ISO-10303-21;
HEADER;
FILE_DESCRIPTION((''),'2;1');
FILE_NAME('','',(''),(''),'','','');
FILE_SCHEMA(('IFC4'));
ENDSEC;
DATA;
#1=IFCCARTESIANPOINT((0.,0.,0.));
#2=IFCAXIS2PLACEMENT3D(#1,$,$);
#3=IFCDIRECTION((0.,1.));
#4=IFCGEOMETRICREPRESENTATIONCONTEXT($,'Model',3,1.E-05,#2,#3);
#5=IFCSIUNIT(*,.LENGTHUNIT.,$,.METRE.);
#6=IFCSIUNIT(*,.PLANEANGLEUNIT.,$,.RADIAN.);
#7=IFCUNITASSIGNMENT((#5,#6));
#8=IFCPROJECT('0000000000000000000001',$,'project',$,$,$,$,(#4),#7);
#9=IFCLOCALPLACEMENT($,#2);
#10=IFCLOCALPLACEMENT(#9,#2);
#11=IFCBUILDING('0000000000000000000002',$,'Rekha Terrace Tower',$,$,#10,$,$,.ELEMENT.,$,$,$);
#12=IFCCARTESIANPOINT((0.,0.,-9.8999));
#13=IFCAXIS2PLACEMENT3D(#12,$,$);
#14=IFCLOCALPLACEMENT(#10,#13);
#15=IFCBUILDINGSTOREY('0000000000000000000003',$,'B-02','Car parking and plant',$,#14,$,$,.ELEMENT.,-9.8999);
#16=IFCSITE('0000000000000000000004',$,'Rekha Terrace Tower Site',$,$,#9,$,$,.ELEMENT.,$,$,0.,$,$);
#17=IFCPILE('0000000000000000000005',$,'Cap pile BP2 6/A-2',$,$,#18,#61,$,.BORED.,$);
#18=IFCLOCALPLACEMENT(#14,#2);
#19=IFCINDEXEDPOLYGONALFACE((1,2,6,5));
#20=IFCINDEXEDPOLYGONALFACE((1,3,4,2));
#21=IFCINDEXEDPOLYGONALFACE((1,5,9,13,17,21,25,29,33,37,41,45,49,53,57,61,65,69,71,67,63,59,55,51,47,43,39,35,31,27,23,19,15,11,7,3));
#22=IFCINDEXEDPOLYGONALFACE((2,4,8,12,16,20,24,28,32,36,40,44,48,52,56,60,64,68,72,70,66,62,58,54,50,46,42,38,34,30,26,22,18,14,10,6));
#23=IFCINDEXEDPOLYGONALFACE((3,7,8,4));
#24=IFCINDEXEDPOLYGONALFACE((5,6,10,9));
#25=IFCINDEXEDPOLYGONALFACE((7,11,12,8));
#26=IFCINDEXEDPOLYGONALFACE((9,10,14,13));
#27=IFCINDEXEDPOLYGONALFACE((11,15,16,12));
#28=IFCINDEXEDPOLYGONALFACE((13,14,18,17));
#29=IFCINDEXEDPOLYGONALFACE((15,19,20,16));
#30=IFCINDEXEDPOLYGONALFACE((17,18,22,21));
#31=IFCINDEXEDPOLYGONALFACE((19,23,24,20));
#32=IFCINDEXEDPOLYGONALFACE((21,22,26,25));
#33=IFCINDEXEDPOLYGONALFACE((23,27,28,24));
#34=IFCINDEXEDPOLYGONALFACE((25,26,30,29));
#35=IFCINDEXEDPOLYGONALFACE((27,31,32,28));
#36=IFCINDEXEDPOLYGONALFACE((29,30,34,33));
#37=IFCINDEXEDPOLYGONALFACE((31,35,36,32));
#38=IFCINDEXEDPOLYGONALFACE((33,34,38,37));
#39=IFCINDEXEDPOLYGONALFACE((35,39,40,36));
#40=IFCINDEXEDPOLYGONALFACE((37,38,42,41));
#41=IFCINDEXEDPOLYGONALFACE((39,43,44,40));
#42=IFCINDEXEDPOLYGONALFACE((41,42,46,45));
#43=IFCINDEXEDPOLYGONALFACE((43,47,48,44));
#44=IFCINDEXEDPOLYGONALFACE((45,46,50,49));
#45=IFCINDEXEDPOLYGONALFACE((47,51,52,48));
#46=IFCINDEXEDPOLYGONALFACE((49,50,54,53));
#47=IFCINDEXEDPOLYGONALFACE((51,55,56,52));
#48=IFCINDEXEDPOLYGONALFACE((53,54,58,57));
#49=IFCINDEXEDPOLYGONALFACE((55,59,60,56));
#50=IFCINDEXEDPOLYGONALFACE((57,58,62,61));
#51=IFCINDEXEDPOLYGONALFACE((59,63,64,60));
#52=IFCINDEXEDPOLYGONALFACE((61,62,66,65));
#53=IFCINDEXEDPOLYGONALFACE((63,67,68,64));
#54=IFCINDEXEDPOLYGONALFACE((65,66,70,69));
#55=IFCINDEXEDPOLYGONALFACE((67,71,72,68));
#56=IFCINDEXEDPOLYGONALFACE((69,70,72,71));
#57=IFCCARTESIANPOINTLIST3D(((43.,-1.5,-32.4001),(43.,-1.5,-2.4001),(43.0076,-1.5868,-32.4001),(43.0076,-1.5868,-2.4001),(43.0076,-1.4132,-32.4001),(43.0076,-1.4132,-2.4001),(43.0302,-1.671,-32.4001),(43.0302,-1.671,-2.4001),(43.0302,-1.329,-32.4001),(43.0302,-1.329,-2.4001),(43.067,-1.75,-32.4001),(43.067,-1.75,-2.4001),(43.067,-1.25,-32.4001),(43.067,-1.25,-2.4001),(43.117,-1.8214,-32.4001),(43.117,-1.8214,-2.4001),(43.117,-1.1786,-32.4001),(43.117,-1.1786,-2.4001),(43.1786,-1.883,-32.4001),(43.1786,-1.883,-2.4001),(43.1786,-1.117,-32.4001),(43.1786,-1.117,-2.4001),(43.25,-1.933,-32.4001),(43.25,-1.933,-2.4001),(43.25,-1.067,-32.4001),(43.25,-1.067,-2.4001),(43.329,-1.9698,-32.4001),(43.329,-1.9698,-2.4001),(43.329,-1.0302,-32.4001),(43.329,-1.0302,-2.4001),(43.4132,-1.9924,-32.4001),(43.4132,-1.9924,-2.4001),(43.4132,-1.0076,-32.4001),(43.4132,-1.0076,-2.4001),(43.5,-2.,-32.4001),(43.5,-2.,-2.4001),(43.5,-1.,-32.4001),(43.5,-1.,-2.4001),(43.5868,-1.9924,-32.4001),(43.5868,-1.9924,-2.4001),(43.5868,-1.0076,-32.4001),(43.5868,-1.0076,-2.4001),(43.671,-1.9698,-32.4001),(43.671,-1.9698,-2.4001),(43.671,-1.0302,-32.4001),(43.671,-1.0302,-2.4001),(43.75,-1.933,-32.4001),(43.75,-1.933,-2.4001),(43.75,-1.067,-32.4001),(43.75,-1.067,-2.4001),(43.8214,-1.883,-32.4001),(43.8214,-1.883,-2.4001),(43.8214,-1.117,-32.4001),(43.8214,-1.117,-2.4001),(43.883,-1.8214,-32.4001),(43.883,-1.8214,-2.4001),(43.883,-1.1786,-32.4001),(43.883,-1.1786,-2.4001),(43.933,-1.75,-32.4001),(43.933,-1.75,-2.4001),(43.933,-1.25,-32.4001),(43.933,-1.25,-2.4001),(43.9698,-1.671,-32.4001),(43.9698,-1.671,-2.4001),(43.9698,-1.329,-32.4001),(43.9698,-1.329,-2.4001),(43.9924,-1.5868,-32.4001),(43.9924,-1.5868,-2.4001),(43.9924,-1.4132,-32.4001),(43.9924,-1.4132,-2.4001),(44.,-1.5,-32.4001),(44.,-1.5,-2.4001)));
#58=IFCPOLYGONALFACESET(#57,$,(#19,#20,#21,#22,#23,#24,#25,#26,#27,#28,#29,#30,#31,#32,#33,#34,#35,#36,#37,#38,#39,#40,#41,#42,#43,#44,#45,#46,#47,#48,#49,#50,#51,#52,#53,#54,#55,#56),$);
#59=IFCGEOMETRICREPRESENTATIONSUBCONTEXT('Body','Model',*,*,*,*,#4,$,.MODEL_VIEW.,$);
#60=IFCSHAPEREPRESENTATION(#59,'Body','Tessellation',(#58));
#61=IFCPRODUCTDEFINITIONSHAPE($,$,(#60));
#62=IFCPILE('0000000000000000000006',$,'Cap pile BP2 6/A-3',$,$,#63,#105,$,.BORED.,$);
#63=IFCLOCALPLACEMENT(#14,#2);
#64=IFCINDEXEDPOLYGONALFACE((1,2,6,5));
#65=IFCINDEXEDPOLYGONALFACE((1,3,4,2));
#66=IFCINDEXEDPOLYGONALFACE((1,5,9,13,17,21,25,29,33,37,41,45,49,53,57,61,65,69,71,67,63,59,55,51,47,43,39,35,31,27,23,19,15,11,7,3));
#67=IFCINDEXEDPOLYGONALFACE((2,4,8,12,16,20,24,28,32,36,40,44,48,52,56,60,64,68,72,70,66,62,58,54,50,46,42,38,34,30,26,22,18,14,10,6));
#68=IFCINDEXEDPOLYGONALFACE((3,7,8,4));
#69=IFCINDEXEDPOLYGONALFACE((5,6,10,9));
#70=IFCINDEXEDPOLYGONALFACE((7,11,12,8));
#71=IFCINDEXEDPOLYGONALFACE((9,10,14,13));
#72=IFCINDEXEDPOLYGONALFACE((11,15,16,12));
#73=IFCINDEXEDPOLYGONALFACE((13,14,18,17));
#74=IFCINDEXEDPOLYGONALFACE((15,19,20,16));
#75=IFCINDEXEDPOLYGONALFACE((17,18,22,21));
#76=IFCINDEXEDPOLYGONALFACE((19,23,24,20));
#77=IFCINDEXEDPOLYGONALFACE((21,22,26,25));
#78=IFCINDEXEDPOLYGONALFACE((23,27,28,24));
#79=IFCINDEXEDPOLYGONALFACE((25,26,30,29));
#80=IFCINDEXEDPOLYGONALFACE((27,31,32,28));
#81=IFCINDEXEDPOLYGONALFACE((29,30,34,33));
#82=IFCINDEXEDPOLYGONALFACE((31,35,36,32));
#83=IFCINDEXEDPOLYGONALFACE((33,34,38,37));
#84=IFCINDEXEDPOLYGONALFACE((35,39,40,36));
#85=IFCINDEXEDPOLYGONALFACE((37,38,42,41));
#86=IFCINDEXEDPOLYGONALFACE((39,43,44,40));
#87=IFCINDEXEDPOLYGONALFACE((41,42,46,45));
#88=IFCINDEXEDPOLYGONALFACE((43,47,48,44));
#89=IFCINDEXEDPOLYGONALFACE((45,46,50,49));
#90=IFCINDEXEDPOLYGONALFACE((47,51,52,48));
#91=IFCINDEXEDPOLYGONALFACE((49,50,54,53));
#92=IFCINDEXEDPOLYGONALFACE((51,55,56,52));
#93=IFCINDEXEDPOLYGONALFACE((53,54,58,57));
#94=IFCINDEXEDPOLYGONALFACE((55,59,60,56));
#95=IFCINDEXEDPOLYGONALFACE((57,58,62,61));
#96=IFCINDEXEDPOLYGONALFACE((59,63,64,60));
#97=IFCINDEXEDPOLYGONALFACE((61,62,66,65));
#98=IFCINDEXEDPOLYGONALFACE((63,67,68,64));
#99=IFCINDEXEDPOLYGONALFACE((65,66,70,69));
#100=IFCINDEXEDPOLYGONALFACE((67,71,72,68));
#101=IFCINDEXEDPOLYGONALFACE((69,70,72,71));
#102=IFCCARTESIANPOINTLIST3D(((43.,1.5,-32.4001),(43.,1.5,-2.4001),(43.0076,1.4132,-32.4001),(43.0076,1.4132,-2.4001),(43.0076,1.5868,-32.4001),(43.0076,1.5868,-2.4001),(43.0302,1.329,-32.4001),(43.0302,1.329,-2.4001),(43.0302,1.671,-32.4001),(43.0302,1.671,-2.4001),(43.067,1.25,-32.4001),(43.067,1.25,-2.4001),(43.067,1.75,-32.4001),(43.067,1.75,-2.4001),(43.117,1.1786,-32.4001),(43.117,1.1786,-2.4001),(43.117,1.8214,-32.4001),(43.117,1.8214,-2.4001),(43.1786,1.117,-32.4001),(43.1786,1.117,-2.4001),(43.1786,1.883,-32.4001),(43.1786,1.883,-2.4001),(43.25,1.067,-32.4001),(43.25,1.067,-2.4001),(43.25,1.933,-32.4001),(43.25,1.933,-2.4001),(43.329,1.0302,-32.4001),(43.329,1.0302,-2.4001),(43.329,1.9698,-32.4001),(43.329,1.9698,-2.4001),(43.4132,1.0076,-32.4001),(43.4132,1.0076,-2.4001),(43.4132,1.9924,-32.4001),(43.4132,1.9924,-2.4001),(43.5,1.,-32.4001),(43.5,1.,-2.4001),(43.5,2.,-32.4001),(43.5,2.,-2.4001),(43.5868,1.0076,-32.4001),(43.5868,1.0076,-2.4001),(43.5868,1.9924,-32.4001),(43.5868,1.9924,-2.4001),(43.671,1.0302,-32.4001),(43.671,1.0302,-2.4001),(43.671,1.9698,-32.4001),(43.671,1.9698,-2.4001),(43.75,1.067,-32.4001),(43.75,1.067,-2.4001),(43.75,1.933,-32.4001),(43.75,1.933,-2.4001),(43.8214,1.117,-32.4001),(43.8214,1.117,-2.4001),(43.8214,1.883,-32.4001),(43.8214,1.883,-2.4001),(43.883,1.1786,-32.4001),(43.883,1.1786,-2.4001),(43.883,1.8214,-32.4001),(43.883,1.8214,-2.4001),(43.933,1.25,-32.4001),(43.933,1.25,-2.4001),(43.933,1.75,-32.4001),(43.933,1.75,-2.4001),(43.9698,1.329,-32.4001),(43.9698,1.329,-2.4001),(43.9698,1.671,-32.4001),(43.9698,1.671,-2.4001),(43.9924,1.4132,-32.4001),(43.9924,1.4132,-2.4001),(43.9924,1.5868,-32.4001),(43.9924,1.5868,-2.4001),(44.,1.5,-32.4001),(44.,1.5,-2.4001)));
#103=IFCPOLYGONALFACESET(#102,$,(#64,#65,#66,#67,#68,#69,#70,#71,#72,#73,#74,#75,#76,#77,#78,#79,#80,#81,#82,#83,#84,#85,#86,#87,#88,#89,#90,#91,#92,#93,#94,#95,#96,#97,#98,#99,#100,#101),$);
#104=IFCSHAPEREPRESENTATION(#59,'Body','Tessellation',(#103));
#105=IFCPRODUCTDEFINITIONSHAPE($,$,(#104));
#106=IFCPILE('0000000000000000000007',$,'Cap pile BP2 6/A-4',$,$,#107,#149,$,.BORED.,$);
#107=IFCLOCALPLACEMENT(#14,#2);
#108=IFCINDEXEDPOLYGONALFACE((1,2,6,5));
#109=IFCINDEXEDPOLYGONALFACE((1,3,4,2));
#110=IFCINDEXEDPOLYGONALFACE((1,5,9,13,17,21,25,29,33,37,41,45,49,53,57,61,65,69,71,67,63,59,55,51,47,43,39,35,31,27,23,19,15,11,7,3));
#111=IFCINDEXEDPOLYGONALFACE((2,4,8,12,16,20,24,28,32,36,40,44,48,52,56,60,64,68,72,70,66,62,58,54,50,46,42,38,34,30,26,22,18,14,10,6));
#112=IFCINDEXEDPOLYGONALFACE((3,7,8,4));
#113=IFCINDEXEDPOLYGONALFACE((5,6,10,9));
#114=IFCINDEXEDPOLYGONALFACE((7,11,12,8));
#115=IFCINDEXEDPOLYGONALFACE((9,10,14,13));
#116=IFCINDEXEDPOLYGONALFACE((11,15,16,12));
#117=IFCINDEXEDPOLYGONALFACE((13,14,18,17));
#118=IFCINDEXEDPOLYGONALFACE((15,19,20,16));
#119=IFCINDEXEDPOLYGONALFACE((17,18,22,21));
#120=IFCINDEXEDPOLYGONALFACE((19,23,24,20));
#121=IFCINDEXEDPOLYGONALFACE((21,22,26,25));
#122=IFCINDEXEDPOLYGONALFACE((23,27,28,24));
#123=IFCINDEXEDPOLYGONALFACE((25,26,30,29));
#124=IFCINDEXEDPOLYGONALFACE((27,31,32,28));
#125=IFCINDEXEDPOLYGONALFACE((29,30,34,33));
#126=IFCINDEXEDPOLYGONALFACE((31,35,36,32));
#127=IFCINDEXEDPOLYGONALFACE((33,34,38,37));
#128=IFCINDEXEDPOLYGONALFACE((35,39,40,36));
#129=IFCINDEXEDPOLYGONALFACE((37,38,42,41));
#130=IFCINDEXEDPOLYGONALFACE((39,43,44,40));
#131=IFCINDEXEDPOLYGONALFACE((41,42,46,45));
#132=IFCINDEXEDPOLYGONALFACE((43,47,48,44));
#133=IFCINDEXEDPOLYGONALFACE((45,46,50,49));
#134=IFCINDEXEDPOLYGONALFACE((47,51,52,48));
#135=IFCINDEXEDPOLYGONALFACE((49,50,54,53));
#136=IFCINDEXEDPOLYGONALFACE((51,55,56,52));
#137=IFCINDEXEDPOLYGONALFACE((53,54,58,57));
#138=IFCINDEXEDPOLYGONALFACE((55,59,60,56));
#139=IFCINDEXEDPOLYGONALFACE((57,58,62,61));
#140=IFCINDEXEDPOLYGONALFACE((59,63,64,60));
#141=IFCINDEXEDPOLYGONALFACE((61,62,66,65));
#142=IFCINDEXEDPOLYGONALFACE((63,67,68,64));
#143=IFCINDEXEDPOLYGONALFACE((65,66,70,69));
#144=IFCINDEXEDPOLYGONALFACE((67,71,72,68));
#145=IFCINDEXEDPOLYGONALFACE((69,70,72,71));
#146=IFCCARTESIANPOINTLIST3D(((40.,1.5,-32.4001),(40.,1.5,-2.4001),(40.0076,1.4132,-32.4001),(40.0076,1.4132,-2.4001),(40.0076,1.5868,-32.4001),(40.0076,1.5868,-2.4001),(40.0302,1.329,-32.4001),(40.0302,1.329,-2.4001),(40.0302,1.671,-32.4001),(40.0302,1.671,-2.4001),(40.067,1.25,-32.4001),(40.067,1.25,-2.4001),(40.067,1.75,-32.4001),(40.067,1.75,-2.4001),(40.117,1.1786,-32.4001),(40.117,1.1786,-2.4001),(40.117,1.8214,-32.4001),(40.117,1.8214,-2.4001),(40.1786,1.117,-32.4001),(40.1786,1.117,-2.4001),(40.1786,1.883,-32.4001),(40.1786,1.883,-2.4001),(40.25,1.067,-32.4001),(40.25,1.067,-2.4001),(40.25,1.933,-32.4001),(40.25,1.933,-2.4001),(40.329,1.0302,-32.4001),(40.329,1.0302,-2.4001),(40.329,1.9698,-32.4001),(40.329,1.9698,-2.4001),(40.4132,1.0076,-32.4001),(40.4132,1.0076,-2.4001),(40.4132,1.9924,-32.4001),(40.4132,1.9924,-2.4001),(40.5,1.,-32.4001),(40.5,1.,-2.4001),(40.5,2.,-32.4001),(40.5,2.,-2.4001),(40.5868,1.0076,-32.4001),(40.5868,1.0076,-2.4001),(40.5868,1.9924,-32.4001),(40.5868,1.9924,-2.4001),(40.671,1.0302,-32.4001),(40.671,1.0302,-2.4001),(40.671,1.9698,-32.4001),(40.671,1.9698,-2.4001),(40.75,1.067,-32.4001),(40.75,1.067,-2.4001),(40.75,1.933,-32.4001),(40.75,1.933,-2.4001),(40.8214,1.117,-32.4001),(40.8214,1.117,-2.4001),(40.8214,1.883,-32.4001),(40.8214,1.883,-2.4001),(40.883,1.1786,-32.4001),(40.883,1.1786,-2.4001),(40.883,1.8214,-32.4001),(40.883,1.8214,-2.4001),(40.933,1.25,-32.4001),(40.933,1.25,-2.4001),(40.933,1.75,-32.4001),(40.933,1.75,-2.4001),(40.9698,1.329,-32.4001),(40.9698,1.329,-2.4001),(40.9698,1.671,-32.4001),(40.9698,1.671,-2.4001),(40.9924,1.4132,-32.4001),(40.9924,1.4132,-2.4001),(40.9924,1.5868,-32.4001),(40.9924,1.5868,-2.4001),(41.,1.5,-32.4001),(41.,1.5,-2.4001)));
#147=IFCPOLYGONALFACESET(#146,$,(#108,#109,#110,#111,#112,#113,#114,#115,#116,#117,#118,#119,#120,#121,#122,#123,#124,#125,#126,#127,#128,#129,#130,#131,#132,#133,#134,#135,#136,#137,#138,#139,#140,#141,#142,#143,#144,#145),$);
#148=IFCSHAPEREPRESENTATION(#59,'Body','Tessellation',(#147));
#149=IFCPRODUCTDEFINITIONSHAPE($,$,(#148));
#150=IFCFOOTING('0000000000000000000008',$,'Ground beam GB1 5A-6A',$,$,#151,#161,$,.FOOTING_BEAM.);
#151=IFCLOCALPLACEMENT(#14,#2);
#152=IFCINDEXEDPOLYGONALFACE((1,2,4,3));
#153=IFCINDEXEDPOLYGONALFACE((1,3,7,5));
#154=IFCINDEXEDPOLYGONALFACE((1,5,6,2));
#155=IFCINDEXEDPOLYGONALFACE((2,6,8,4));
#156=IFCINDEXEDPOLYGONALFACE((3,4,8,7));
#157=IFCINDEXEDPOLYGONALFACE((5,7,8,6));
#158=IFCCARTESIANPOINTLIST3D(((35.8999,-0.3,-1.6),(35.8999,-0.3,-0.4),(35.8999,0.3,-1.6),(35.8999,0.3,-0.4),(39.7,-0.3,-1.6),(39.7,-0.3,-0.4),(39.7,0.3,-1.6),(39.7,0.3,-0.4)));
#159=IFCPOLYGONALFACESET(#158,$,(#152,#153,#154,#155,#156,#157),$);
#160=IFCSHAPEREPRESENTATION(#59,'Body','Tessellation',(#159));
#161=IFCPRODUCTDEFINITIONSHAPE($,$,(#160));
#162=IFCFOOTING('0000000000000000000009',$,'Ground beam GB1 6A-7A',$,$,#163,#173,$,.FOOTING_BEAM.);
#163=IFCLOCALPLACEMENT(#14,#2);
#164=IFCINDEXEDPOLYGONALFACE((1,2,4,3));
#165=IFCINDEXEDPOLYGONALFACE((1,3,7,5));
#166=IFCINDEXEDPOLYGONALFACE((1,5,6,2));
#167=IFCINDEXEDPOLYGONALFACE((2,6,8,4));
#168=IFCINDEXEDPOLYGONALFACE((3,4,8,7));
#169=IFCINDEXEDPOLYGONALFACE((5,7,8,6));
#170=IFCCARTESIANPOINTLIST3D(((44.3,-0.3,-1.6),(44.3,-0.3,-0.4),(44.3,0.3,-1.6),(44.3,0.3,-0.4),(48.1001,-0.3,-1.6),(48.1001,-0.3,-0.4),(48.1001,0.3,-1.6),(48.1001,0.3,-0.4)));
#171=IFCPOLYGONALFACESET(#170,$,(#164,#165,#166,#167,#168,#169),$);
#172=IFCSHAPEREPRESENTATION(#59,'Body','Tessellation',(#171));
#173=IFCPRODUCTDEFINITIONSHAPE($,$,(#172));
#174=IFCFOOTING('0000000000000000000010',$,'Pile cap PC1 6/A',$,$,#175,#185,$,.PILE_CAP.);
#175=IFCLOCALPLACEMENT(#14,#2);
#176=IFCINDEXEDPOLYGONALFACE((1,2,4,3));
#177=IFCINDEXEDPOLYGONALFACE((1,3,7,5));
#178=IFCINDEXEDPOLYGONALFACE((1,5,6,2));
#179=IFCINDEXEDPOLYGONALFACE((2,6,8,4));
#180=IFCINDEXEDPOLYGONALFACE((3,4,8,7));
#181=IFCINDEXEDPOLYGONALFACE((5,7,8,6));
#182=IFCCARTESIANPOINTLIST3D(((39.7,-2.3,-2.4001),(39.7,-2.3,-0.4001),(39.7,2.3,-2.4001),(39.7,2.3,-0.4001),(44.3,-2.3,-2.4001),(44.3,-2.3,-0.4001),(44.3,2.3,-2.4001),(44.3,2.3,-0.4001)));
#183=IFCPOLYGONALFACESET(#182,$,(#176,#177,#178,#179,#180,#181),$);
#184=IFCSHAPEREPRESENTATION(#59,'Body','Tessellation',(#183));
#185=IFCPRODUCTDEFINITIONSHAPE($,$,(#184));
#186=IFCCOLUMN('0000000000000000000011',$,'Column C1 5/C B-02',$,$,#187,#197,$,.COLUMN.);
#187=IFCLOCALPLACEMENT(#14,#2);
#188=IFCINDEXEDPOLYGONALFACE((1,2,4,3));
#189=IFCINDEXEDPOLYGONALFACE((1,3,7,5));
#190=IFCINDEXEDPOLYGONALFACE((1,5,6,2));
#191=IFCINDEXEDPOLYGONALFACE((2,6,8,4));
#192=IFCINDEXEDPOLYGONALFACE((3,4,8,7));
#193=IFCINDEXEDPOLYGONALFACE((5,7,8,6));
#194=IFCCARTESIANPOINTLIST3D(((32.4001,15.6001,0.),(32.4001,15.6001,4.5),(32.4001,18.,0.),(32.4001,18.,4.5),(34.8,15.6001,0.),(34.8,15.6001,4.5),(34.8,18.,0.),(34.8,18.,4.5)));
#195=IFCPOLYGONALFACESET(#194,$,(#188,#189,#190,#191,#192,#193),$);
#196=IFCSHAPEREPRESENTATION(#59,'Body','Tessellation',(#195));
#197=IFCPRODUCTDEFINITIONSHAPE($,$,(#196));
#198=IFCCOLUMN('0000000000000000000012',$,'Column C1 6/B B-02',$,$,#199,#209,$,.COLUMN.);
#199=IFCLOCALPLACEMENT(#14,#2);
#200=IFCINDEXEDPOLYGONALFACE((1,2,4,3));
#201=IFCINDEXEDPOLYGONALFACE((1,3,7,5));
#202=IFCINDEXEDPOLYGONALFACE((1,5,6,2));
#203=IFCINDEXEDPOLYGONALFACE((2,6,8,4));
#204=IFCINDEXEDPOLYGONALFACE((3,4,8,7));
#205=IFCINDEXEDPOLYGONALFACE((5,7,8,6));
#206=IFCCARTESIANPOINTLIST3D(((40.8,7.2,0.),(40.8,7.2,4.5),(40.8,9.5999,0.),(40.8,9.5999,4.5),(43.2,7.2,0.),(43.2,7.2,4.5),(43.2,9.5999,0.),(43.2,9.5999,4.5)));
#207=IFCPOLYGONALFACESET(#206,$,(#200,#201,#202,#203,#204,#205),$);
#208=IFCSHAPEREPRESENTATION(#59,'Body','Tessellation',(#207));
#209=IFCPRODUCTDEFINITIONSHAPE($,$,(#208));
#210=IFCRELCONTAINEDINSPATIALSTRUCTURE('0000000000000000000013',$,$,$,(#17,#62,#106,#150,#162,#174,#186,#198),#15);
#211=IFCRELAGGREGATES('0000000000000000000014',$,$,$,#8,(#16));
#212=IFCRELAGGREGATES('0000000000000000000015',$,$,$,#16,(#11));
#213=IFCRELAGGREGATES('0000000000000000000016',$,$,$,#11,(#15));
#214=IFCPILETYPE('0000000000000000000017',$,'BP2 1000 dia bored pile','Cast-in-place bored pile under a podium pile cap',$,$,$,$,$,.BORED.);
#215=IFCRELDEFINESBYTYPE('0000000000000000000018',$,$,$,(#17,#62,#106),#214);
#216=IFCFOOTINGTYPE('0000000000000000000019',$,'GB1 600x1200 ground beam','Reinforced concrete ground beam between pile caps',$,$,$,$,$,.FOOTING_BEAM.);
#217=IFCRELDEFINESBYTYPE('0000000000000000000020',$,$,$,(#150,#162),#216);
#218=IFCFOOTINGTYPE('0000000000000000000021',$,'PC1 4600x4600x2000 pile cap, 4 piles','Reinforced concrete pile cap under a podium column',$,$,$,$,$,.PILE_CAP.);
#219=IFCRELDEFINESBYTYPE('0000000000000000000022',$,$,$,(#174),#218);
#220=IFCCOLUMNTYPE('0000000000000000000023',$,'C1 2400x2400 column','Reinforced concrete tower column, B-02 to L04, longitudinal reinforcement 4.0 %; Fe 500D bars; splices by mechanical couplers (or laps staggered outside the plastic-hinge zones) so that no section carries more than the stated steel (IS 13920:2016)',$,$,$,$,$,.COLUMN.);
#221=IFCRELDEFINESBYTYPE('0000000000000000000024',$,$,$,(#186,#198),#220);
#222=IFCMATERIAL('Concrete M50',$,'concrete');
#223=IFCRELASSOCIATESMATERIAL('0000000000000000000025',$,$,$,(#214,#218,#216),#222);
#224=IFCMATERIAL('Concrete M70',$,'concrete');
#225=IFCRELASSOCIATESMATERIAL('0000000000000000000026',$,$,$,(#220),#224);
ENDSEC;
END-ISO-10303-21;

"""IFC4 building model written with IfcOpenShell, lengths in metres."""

from ifc_helpers import new_model, si_unit, direction, frame, origin, origin_2d, place, context, subcontext, project, spatial, rectangle, circle, extrude, material, material_profile, profile_set, type_object, element, save


model = new_model("IFC4")

# Units and contexts
model_context = context("Model", 3, precision=1e-05, world=origin(), true_north=direction((0.0, 1.0)))
body_context = subcontext(model_context, "Body", "Model", "MODEL_VIEW")
ifc_project = project(units=[si_unit("LENGTHUNIT", "METRE"), si_unit("PLANEANGLEUNIT", "RADIAN")], contexts=[model_context])

# Site, building, storey
site_placement = place(None, origin())
site = spatial("IfcSite", under=ifc_project, at=site_placement, Name="Rekha Terrace Tower Site", CompositionType="ELEMENT", RefElevation=0.0)
building_placement = place(site_placement, origin())
building = spatial("IfcBuilding", under=site, at=building_placement, Name="Rekha Terrace Tower", CompositionType="ELEMENT")
storey_placement = place(building_placement, frame((0.0, 0.0, -9.8999)))
storey = spatial("IfcBuildingStorey", under=building, at=storey_placement, Name="B-02", Description="Car parking and plant", CompositionType="ELEMENT", Elevation=-9.8999)

# Piles
ifc_material_1 = material(Name="Concrete M50", Category="concrete")
pile_type_1 = type_object("IfcPileType", Name="BP2 1000 dia bored pile", Description="Cast-in-place bored pile under a podium pile cap", PredefinedType="BORED", material=ifc_material_1)
for number, where, z_axis, x_axis, name in (
    (1, (43.5, -1.5, -2.4001), (0.0, 0.0, -1.0), (1.0, 0.0, 0.0), "Cap pile BP2 6/A-2"),
    (2, (43.5, 1.5, -2.4001), (0.0, 0.0, -1.0), (1.0, 0.0, 0.0), "Cap pile BP2 6/A-3"),
    (3, (40.5, 1.5, -2.4001), (0.0, 0.0, -1.0), (1.0, 0.0, 0.0), "Cap pile BP2 6/A-4"),
):
    element("IfcPile", number, at=place(storey_placement, frame(where, z_axis=z_axis, x_axis=x_axis)), inside=storey, type_object=pile_type_1, Name=name, PredefinedType="BORED", context=body_context, shape_type="SweptSolid", body=[
        extrude(circle(Radius=0.5, at=origin_2d()), origin(), (0.0, 0.0, 1.0), 30.0),
    ])

# Footings
ifc_material_profile_1 = material_profile(ifc_material_1, rectangle(XDim=0.6001, YDim=1.2, at=origin_2d()), Name="RC 600x1200")
ifc_profile_set_1 = profile_set([ifc_material_profile_1], Name="Concrete M50")
footing_type_1 = type_object("IfcFootingType", Name="GB1 600x1200 ground beam", Description="Reinforced concrete ground beam between pile caps", PredefinedType="FOOTING_BEAM", material=ifc_profile_set_1)
for number, where, z_axis, x_axis, name in (
    (4, (35.8999, 0.0, -1.0), (1.0, 0.0, 0.0), (0.0, 1.0, 0.0), "Ground beam GB1 5A-6A"),
    (5, (44.3, 0.0, -1.0), (1.0, 0.0, 0.0), (0.0, 1.0, 0.0), "Ground beam GB1 6A-7A"),
):
    element("IfcFooting", number, at=place(storey_placement, frame(where, z_axis=z_axis, x_axis=x_axis)), inside=storey, type_object=footing_type_1, Name=name, PredefinedType="FOOTING_BEAM", context=body_context, shape_type="SweptSolid", body=[
        extrude(rectangle(XDim=0.6001, YDim=1.2, at=origin_2d()), origin(), (0.0, 0.0, 1.0), 3.8),
    ])
footing_type_2 = type_object("IfcFootingType", Name="PC1 4600x4600x2000 pile cap, 4 piles", Description="Reinforced concrete pile cap under a podium column", PredefinedType="PILE_CAP", material=ifc_material_1)
footing_placement = place(storey_placement, frame((42.0, 0.0, -2.4001), z_axis=(0.0, 0.0, 1.0), x_axis=(1.0, 0.0, 0.0)))
element("IfcFooting", 6, at=footing_placement, inside=storey, type_object=footing_type_2, Name="Pile cap PC1 6/A", PredefinedType="PILE_CAP", context=body_context, shape_type="SweptSolid", body=[
    extrude(rectangle(XDim=4.6001, YDim=4.6001, at=origin_2d()), origin(), (0.0, 0.0, 1.0), 2.0),
])

# Columns
ifc_material_2 = material(Name="Concrete M70", Category="concrete")
ifc_material_profile_2 = material_profile(ifc_material_2, rectangle(XDim=2.3999, YDim=2.3999, at=origin_2d()), Name="RC 2400x2400")
ifc_profile_set_2 = profile_set([ifc_material_profile_2], Name="Concrete M70")
column_type_1 = type_object("IfcColumnType", Name="C1 2400x2400 column", Description="Reinforced concrete tower column, B-02 to L04, longitudinal reinforcement 4.0 %; Fe 500D bars; splices by mechanical couplers (or laps staggered outside the plastic-hinge zones) so that no section carries more than the stated steel (IS 13920:2016)", PredefinedType="COLUMN", material=ifc_profile_set_2)
for number, where, z_axis, x_axis, name in (
    (7, (33.6001, 16.8, 0.0), (0.0, 0.0, 1.0), (1.0, 0.0, 0.0), "Column C1 5/C B-02"),
    (8, (42.0, 8.3999, 0.0), (0.0, 0.0, 1.0), (1.0, 0.0, 0.0), "Column C1 6/B B-02"),
):
    element("IfcColumn", number, at=place(storey_placement, frame(where, z_axis=z_axis, x_axis=x_axis)), inside=storey, type_object=column_type_1, Name=name, PredefinedType="COLUMN", context=body_context, shape_type="SweptSolid", body=[
        extrude(rectangle(XDim=2.3999, YDim=2.3999, at=origin_2d()), origin(), (0.0, 0.0, 1.0), 4.5),
    ])

save(model, "model.ifc")
